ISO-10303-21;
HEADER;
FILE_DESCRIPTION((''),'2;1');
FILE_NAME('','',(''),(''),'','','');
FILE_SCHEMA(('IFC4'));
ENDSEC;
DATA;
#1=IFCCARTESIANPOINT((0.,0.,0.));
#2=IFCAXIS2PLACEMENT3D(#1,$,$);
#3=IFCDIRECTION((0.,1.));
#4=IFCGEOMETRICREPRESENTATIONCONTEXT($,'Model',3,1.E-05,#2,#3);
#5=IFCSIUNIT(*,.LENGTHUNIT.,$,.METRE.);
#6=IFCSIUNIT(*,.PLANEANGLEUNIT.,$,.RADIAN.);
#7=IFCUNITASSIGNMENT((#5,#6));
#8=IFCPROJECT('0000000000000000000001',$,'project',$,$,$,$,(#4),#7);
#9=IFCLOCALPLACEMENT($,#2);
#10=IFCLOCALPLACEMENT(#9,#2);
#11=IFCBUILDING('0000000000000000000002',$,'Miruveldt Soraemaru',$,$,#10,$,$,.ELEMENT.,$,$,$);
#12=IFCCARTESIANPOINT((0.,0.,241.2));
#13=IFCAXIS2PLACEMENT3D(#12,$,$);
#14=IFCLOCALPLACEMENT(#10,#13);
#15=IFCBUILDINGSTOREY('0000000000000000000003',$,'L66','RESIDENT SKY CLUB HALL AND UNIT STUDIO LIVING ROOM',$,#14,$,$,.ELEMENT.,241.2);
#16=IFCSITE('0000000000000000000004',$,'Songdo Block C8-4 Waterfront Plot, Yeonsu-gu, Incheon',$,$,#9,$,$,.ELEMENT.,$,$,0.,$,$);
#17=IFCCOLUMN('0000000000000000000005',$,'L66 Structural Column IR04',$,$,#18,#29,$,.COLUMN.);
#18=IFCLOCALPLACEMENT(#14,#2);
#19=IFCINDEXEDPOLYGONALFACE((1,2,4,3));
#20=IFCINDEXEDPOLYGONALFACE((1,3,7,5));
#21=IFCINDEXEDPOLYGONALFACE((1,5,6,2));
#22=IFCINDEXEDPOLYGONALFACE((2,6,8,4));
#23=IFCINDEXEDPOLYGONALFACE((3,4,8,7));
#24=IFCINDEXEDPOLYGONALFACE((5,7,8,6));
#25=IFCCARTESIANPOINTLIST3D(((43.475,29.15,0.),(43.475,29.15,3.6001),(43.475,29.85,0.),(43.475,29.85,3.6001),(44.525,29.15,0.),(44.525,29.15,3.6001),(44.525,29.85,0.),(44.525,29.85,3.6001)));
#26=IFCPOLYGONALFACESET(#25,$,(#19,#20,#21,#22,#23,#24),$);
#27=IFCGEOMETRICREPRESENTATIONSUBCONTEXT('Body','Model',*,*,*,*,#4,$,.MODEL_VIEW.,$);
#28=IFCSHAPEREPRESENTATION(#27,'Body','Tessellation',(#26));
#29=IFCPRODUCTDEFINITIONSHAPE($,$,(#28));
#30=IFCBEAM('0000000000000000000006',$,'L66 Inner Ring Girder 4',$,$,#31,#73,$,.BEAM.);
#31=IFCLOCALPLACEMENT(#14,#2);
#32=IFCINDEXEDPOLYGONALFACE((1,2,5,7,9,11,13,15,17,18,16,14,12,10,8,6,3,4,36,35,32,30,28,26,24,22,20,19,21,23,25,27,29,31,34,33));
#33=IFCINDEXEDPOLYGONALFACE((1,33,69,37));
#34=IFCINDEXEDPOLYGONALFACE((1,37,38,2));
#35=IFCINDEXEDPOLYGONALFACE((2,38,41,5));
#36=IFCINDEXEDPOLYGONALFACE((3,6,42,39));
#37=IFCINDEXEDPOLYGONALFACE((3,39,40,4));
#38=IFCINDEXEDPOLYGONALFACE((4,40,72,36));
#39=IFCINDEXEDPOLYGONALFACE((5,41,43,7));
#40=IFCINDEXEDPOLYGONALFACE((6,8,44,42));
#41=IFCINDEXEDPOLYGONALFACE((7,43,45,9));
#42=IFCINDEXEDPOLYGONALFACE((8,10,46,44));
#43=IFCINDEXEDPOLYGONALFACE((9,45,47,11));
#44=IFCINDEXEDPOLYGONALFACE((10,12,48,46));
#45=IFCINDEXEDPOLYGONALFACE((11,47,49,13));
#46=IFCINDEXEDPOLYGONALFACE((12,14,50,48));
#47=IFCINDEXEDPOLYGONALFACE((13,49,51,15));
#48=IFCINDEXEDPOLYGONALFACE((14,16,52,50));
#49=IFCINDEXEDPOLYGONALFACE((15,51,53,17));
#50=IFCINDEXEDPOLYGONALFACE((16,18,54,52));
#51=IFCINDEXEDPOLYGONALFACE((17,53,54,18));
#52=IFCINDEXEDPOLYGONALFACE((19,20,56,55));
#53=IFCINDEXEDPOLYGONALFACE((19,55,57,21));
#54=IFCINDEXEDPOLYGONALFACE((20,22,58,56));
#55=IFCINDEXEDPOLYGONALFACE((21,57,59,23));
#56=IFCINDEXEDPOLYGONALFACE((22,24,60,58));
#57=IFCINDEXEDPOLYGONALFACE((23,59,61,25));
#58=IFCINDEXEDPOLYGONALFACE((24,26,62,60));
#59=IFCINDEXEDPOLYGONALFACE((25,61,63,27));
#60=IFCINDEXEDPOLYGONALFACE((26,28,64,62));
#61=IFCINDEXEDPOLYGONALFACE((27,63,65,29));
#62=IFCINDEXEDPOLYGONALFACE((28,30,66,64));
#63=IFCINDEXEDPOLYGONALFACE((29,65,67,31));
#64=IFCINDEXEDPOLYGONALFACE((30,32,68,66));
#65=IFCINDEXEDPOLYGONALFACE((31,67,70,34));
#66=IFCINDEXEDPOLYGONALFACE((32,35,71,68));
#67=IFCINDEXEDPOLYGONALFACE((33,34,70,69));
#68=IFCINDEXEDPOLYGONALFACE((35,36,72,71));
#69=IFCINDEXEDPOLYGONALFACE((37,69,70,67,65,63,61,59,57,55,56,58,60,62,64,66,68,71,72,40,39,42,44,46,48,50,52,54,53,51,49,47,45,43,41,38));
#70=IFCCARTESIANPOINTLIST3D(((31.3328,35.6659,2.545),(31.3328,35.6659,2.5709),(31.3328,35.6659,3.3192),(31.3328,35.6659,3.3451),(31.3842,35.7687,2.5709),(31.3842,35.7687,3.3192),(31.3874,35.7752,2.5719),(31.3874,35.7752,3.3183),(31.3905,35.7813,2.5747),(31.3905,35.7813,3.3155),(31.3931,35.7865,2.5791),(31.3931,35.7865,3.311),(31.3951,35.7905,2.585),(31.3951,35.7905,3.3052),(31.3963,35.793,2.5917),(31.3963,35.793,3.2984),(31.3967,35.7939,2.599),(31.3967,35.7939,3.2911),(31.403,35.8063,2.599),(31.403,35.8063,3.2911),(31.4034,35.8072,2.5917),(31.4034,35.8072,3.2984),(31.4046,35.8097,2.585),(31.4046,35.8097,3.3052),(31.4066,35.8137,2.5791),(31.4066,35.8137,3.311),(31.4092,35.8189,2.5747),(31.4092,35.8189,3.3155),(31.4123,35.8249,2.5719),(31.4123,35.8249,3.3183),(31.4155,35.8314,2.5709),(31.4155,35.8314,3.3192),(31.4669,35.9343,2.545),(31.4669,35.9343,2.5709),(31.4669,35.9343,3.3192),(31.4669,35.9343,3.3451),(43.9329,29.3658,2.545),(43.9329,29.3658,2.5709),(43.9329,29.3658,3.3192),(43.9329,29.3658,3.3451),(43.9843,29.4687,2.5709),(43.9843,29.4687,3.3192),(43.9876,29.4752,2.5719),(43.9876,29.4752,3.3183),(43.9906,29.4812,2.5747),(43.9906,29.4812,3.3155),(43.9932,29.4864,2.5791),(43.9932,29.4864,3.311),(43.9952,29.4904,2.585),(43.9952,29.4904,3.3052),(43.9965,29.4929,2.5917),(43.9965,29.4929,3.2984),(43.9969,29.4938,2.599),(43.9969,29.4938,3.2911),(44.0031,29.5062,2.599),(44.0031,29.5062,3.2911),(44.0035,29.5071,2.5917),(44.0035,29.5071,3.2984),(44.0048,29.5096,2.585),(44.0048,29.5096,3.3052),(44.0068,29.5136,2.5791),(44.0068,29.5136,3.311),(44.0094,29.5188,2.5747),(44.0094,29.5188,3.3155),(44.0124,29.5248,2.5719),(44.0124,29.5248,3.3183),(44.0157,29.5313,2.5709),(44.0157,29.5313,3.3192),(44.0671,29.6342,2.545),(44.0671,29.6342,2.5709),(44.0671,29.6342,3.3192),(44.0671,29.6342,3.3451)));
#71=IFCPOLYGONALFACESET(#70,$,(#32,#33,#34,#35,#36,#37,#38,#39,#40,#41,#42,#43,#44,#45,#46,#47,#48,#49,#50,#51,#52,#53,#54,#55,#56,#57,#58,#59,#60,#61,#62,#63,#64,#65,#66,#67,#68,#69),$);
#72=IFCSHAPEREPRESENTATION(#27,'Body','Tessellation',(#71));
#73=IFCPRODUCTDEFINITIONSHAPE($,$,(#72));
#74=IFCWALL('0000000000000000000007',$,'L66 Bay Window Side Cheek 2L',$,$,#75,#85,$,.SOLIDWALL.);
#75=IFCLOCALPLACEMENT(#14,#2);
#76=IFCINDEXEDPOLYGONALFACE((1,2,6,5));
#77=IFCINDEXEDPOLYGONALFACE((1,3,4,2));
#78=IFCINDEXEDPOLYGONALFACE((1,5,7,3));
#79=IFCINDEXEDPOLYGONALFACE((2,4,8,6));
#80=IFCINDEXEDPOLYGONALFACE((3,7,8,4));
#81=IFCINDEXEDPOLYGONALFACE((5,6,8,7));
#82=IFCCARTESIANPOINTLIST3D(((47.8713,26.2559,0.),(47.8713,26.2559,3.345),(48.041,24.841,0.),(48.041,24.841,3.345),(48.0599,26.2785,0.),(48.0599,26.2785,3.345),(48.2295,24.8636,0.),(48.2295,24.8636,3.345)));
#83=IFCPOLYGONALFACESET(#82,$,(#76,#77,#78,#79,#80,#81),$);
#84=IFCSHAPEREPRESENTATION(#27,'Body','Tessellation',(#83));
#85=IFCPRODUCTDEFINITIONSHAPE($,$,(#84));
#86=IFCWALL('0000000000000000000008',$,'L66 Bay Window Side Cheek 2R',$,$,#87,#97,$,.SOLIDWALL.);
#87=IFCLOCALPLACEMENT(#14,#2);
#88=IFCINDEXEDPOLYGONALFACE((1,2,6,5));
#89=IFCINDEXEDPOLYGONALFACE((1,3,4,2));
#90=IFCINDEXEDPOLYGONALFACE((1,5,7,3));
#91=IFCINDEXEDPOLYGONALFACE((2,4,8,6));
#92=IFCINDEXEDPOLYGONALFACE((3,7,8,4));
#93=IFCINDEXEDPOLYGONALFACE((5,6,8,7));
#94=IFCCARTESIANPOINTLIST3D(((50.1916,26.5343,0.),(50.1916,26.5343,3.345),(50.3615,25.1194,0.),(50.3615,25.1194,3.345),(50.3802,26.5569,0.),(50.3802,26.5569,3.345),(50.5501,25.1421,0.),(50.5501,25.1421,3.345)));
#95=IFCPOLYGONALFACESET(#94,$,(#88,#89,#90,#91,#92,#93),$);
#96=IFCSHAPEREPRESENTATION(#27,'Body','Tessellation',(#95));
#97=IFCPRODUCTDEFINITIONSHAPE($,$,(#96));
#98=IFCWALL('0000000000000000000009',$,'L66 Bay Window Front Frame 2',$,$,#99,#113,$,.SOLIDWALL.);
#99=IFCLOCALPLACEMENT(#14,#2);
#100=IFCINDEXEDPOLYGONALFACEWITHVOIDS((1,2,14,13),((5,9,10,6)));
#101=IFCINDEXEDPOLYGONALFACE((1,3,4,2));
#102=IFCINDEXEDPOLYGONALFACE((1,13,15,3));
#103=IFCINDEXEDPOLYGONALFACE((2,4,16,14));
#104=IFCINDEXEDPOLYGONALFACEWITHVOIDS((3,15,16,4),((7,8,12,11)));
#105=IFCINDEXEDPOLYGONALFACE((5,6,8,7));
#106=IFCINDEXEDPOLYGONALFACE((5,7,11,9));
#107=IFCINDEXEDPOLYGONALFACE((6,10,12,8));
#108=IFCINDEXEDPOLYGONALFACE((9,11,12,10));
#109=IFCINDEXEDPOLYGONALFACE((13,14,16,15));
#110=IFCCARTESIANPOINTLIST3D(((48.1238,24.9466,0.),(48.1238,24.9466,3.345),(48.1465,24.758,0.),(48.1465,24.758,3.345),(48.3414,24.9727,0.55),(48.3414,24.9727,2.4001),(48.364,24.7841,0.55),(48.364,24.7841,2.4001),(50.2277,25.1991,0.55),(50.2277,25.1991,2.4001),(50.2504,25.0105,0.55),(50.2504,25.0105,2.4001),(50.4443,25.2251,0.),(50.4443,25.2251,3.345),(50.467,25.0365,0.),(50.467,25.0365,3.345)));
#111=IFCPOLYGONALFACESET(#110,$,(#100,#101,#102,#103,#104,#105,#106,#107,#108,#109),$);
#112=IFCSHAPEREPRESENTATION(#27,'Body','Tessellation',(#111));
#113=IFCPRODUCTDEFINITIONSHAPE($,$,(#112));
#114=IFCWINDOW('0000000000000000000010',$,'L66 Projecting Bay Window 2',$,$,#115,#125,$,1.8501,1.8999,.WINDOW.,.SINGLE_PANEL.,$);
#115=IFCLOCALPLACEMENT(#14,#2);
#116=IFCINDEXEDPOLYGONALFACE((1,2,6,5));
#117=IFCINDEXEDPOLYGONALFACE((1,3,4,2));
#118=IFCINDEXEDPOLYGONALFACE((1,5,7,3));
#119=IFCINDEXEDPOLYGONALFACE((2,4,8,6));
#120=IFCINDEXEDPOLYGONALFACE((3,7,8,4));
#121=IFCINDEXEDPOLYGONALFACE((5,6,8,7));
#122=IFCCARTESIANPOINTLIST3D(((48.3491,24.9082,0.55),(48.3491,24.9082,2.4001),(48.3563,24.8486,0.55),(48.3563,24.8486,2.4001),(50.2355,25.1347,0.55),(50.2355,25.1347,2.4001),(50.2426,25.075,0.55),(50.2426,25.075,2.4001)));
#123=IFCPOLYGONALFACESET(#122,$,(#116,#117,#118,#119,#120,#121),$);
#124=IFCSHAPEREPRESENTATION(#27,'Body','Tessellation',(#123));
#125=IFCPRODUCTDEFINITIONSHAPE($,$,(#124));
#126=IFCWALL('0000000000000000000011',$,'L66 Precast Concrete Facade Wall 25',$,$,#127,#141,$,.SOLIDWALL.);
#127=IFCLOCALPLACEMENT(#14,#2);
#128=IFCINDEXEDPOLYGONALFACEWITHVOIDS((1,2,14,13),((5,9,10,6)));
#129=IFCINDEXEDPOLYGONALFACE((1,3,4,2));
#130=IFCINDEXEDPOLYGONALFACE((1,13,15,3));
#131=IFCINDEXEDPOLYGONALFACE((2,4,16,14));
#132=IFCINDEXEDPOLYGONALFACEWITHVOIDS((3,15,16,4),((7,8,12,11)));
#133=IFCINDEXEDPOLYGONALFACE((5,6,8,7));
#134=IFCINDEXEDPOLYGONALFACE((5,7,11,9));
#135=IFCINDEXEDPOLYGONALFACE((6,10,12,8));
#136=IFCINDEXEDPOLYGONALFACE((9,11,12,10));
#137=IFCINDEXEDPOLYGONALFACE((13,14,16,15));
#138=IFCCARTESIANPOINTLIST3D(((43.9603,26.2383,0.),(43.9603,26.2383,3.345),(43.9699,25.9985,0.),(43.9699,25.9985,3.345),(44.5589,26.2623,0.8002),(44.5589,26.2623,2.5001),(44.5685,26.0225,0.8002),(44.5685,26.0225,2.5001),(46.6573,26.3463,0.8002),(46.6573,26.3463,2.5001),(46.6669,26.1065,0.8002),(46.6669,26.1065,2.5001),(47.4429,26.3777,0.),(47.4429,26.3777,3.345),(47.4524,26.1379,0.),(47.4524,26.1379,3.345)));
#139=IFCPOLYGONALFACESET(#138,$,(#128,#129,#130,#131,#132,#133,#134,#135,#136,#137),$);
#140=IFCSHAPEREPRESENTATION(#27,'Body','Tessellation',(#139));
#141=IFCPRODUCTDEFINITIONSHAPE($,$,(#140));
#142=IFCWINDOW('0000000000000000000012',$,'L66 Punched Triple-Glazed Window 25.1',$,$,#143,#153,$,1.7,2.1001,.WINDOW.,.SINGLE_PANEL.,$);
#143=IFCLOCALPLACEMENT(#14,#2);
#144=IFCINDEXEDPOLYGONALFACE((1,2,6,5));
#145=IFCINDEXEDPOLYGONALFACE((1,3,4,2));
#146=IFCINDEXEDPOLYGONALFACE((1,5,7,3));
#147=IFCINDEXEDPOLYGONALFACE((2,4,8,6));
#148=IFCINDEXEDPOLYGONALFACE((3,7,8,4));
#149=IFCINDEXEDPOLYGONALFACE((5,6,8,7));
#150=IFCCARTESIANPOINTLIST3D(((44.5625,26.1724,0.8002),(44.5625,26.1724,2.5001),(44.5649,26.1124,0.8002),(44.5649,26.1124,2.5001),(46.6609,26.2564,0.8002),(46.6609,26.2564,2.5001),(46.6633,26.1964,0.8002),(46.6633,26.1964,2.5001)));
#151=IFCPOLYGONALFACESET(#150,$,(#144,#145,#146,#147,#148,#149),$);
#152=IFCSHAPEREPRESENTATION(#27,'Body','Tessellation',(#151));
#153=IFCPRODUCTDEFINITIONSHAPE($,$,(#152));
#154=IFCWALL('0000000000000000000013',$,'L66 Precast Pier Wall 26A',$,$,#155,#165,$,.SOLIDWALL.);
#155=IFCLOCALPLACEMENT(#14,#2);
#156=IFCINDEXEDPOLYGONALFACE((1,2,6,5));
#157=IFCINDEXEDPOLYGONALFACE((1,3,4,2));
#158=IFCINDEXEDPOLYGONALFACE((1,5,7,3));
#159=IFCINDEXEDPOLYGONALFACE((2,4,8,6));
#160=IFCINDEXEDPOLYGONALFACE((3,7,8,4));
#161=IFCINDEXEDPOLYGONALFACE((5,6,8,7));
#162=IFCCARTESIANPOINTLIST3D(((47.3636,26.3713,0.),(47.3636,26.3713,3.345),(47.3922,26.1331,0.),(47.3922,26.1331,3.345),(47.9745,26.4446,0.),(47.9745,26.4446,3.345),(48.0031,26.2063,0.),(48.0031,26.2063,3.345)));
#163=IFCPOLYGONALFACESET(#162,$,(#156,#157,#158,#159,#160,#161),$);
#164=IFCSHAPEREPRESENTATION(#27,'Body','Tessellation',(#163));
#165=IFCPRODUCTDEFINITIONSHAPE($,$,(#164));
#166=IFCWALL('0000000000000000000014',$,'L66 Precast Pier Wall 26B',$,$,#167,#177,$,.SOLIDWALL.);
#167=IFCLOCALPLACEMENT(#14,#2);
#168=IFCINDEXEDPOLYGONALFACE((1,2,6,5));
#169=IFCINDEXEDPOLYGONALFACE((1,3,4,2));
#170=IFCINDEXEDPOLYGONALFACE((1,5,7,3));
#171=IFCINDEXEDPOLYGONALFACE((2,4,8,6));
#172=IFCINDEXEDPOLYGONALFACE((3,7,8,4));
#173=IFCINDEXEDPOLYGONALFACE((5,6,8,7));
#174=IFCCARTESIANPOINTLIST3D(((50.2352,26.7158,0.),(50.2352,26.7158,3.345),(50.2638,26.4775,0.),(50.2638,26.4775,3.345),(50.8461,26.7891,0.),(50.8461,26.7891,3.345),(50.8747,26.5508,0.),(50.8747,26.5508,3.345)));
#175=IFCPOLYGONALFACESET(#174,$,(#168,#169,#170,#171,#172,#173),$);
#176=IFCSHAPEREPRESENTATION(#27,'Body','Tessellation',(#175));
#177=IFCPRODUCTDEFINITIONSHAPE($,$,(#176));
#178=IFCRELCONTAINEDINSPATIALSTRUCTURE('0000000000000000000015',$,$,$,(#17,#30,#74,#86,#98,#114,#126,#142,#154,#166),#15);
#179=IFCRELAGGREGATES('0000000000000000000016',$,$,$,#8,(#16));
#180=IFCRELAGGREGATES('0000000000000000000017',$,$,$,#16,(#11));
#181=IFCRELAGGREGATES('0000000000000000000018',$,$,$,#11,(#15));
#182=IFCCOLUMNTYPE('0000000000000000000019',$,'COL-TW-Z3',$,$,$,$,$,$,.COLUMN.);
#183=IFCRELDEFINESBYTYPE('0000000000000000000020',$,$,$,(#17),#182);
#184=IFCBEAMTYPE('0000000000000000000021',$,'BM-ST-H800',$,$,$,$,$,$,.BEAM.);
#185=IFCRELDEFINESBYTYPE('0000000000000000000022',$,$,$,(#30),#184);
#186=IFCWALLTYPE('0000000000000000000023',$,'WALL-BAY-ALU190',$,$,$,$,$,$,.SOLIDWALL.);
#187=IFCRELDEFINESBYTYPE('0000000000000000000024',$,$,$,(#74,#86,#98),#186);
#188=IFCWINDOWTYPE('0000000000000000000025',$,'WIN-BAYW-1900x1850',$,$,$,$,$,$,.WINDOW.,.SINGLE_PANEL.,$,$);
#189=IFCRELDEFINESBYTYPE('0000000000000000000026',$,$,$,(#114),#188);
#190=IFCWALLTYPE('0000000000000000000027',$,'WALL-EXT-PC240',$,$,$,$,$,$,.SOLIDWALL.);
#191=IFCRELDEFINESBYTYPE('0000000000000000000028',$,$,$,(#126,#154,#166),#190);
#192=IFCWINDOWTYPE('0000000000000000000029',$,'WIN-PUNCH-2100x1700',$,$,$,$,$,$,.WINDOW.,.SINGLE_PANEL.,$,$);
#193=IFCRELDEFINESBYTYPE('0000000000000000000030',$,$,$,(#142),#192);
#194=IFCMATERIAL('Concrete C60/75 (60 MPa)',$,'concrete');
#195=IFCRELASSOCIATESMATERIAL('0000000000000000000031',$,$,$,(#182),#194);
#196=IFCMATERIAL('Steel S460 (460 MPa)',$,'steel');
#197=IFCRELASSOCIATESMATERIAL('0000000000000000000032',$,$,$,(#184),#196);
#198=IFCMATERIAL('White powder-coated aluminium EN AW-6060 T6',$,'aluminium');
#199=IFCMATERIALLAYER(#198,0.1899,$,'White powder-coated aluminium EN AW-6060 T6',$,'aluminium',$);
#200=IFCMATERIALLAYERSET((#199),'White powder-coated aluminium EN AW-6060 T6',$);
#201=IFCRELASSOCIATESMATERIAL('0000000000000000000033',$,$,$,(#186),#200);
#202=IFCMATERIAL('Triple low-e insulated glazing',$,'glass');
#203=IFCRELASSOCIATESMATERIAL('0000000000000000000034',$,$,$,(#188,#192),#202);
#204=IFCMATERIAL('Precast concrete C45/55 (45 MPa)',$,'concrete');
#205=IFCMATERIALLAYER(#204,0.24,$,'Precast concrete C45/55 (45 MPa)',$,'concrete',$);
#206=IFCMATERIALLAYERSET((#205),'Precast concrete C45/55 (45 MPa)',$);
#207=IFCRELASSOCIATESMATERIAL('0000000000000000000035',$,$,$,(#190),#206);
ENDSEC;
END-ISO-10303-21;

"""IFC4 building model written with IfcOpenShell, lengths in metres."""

from ifc_helpers import new_model, si_unit, direction, frame, frame_2d, origin, origin_2d, place, context, subcontext, project, spatial, rectangle, i_section, extrude, material, layer, layer_set, material_profile, profile_set, type_object, element, fill, save


model = new_model("IFC4")

# Units and contexts
model_context = context("Model", 3, precision=1e-05, world=origin(), true_north=direction((0.0, 1.0)))
body_context = subcontext(model_context, "Body", "Model", "MODEL_VIEW")
ifc_project = project(units=[si_unit("LENGTHUNIT", "METRE"), si_unit("PLANEANGLEUNIT", "RADIAN")], contexts=[model_context])

# Site, building, storey
site_placement = place(None, origin())
site = spatial("IfcSite", under=ifc_project, at=site_placement, Name="Songdo Block C8-4 Waterfront Plot, Yeonsu-gu, Incheon", CompositionType="ELEMENT", RefElevation=0.0)
building_placement = place(site_placement, origin())
building = spatial("IfcBuilding", under=site, at=building_placement, Name="Miruveldt Soraemaru", CompositionType="ELEMENT")
storey_placement = place(building_placement, frame((0.0, 0.0, 241.2)))
storey = spatial("IfcBuildingStorey", under=building, at=storey_placement, Name="L66", Description="RESIDENT SKY CLUB HALL AND UNIT STUDIO LIVING ROOM", CompositionType="ELEMENT", Elevation=241.2)

# Column
ifc_material_1 = material(Name="Concrete C60/75 (60 MPa)", Category="concrete")
ifc_material_profile_1 = material_profile(ifc_material_1, rectangle(XDim=1.05, YDim=0.7, at=origin_2d()), Name="Concrete C60/75 (60 MPa)", Category="concrete")
ifc_profile_set_1 = profile_set([ifc_material_profile_1], Name="Concrete C60/75 (60 MPa)")
column_type = type_object("IfcColumnType", Name="COL-TW-Z3", PredefinedType="COLUMN", material=ifc_profile_set_1)
column_placement = place(storey_placement, frame((44.0, 29.5, 0.0), z_axis=(0.0, 0.0, 1.0), x_axis=(1.0, 0.0, 0.0)))
element("IfcColumn", 1, at=column_placement, inside=storey, type_object=column_type, Name="L66 Structural Column IR04", PredefinedType="COLUMN", context=body_context, shape_type="SweptSolid", body=[
    extrude(rectangle(XDim=1.05, YDim=0.7, at=origin_2d()), origin(), (0.0, 0.0, 1.0), 3.6001),
])

# Beam
ifc_material_2 = material(Name="Steel S460 (460 MPa)", Category="steel")
ifc_material_profile_2 = material_profile(ifc_material_2, i_section(OverallWidth=0.3, OverallDepth=0.8, WebThickness=0.0139, FlangeThickness=0.0259, FilletRadius=0.0281, at=origin_2d()), Name="Steel S460 (460 MPa)", Category="steel")
ifc_profile_set_2 = profile_set([ifc_material_profile_2], Name="Steel S460 (460 MPa)")
beam_type = type_object("IfcBeamType", Name="BM-ST-H800", PredefinedType="BEAM", material=ifc_profile_set_2)
beam_placement = place(storey_placement, frame((44.0, 29.5, 2.9451), z_axis=(-0.894427, 0.447214, 0.0), x_axis=(-0.447214, -0.894427, 0.0)))
element("IfcBeam", 2, at=beam_placement, inside=storey, type_object=beam_type, Name="L66 Inner Ring Girder 4", PredefinedType="BEAM", context=body_context, shape_type="SweptSolid", body=[
    extrude(i_section(OverallWidth=0.3, OverallDepth=0.8, WebThickness=0.0139, FlangeThickness=0.0259, FilletRadius=0.0281, at=origin_2d()), origin(), (0.0, 0.0, 1.0), 14.0874),
])

# Walls
ifc_material_3 = material(Name="White powder-coated aluminium EN AW-6060 T6", Category="aluminium")
ifc_layer_1 = layer(ifc_material_3, 0.1899, Name="White powder-coated aluminium EN AW-6060 T6", Category="aluminium")
ifc_layer_set_1 = layer_set([ifc_layer_1], Name="White powder-coated aluminium EN AW-6060 T6")
wall_type_1 = type_object("IfcWallType", Name="WALL-BAY-ALU190", PredefinedType="SOLIDWALL", material=ifc_layer_set_1)
for number, where, z_axis, x_axis, name in (
    (3, (47.9656, 26.2671, 0.0), (0.0, 0.0, 1.0), (0.119078, -0.992885, 0.0), "L66 Bay Window Side Cheek 2L"),
    (4, (50.4558, 25.1309, 0.0), (0.0, 0.0, 1.0), (-0.119247, 0.992865, 0.0), "L66 Bay Window Side Cheek 2R"),
):
    element("IfcWall", number, at=place(storey_placement, frame(where, z_axis=z_axis, x_axis=x_axis)), inside=storey, type_object=wall_type_1, Name=name, PredefinedType="SOLIDWALL", context=body_context, shape_type="SweptSolid", body=[
        extrude(rectangle(XDim=1.425, YDim=0.1899, at=frame_2d((0.7124, 0.0))), origin(), (0.0, 0.0, 1.0), 3.345),
    ])

# Walls, openings, windows
wall_1_placement = place(storey_placement, frame((48.1353, 24.8523, 0.0), z_axis=(0.0, 0.0, 1.0), x_axis=(0.992872, 0.119186, 0.0)))
wall_1 = element("IfcWall", 5, at=wall_1_placement, inside=storey, type_object=wall_type_1, Name="L66 Bay Window Front Frame 2", PredefinedType="SOLIDWALL", context=body_context, shape_type="SweptSolid", body=[
    extrude(rectangle(XDim=2.3372, YDim=0.1899, at=frame_2d((1.1685, 0.0))), origin(), (0.0, 0.0, 1.0), 3.345),
])
opening_1_placement = place(wall_1_placement, frame((0.219, 0.0, 0.55)))
opening_1 = element("IfcOpeningElement", 6, at=opening_1_placement, cuts=wall_1, PredefinedType="OPENING", context=body_context, shape_type="SweptSolid", body=[
    extrude(rectangle(XDim=1.8999, YDim=1.8501, at=frame_2d((0.95, 0.925))), frame((0.0, 0.105, 0.0), z_axis=(0.0, -1.0, 0.0), x_axis=(1.0, 0.0, 0.0)), (0.0, 0.0, 1.0), 0.21),
])
ifc_material_4 = material(Name="Triple low-e insulated glazing", Category="glass")
window_type_1 = type_object("IfcWindowType", Name="WIN-BAYW-1900x1850", PartitioningType="SINGLE_PANEL", PredefinedType="WINDOW", material=ifc_material_4)
window_1_placement = place(opening_1_placement, origin())
window_1 = element("IfcWindow", 7, at=window_1_placement, inside=storey, type_object=window_type_1, Name="L66 Projecting Bay Window 2", OverallHeight=1.8501, OverallWidth=1.8999, PartitioningType="SINGLE_PANEL", PredefinedType="WINDOW", context=body_context, shape_type="SweptSolid", body=[
    extrude(rectangle(XDim=1.8999, YDim=1.8501, at=frame_2d((0.95, 0.925))), frame((0.0, 0.03, 0.0), z_axis=(0.0, -1.0, 0.0), x_axis=(1.0, 0.0, 0.0)), (0.0, 0.0, 1.0), 0.0601),
])
fill(opening_1, window_1)
ifc_material_5 = material(Name="Precast concrete C45/55 (45 MPa)", Category="concrete")
ifc_layer_2 = layer(ifc_material_5, 0.24, Name="Precast concrete C45/55 (45 MPa)", Category="concrete")
ifc_layer_set_2 = layer_set([ifc_layer_2], Name="Precast concrete C45/55 (45 MPa)")
wall_type_2 = type_object("IfcWallType", Name="WALL-EXT-PC240", PredefinedType="SOLIDWALL", material=ifc_layer_set_2)
wall_2_placement = place(storey_placement, frame((43.9651, 26.1184, 0.0), z_axis=(0.0, 0.0, 1.0), x_axis=(0.9992, 0.039996, 0.0)))
wall_2 = element("IfcWall", 8, at=wall_2_placement, inside=storey, type_object=wall_type_2, Name="L66 Precast Concrete Facade Wall 25", PredefinedType="SOLIDWALL", context=body_context, shape_type="SweptSolid", body=[
    extrude(rectangle(XDim=3.4854, YDim=0.24, at=frame_2d((1.7427, 0.0))), origin(), (0.0, 0.0, 1.0), 3.345),
])
opening_2_placement = place(wall_2_placement, frame((0.5991, 0.0, 0.8)))
opening_2 = element("IfcOpeningElement", 9, at=opening_2_placement, cuts=wall_2, PredefinedType="OPENING", context=body_context, shape_type="SweptSolid", body=[
    extrude(rectangle(XDim=2.1001, YDim=1.7, at=frame_2d((1.05, 0.8501))), frame((0.0, 0.1299, 0.0), z_axis=(0.0, -1.0, 0.0), x_axis=(1.0, 0.0, 0.0)), (0.0, 0.0, 1.0), 0.26),
])
window_type_2 = type_object("IfcWindowType", Name="WIN-PUNCH-2100x1700", PartitioningType="SINGLE_PANEL", PredefinedType="WINDOW", material=ifc_material_4)
window_2_placement = place(opening_2_placement, origin())
window_2 = element("IfcWindow", 10, at=window_2_placement, inside=storey, type_object=window_type_2, Name="L66 Punched Triple-Glazed Window 25.1", OverallHeight=1.7, OverallWidth=2.1001, PartitioningType="SINGLE_PANEL", PredefinedType="WINDOW", context=body_context, shape_type="SweptSolid", body=[
    extrude(rectangle(XDim=2.1001, YDim=1.7, at=frame_2d((1.05, 0.8501))), frame((0.0, 0.03, 0.0), z_axis=(0.0, -1.0, 0.0), x_axis=(1.0, 0.0, 0.0)), (0.0, 0.0, 1.0), 0.0601),
])
fill(opening_2, window_2)

# Walls
for number, where, z_axis, x_axis, name in (
    (11, (47.3779, 26.2522, 0.0), (0.0, 0.0, 1.0), (0.992888, 0.119051, 0.0), "L66 Precast Pier Wall 26A"),
    (12, (50.2495, 26.5967, 0.0), (0.0, 0.0, 1.0), (0.992888, 0.119051, 0.0), "L66 Precast Pier Wall 26B"),
):
    element("IfcWall", number, at=place(storey_placement, frame(where, z_axis=z_axis, x_axis=x_axis)), inside=storey, type_object=wall_type_2, Name=name, PredefinedType="SOLIDWALL", context=body_context, shape_type="SweptSolid", body=[
        extrude(rectangle(XDim=0.6152, YDim=0.24, at=frame_2d((0.3076, 0.0))), origin(), (0.0, 0.0, 1.0), 3.345),
    ])

save(model, "model.ifc")
